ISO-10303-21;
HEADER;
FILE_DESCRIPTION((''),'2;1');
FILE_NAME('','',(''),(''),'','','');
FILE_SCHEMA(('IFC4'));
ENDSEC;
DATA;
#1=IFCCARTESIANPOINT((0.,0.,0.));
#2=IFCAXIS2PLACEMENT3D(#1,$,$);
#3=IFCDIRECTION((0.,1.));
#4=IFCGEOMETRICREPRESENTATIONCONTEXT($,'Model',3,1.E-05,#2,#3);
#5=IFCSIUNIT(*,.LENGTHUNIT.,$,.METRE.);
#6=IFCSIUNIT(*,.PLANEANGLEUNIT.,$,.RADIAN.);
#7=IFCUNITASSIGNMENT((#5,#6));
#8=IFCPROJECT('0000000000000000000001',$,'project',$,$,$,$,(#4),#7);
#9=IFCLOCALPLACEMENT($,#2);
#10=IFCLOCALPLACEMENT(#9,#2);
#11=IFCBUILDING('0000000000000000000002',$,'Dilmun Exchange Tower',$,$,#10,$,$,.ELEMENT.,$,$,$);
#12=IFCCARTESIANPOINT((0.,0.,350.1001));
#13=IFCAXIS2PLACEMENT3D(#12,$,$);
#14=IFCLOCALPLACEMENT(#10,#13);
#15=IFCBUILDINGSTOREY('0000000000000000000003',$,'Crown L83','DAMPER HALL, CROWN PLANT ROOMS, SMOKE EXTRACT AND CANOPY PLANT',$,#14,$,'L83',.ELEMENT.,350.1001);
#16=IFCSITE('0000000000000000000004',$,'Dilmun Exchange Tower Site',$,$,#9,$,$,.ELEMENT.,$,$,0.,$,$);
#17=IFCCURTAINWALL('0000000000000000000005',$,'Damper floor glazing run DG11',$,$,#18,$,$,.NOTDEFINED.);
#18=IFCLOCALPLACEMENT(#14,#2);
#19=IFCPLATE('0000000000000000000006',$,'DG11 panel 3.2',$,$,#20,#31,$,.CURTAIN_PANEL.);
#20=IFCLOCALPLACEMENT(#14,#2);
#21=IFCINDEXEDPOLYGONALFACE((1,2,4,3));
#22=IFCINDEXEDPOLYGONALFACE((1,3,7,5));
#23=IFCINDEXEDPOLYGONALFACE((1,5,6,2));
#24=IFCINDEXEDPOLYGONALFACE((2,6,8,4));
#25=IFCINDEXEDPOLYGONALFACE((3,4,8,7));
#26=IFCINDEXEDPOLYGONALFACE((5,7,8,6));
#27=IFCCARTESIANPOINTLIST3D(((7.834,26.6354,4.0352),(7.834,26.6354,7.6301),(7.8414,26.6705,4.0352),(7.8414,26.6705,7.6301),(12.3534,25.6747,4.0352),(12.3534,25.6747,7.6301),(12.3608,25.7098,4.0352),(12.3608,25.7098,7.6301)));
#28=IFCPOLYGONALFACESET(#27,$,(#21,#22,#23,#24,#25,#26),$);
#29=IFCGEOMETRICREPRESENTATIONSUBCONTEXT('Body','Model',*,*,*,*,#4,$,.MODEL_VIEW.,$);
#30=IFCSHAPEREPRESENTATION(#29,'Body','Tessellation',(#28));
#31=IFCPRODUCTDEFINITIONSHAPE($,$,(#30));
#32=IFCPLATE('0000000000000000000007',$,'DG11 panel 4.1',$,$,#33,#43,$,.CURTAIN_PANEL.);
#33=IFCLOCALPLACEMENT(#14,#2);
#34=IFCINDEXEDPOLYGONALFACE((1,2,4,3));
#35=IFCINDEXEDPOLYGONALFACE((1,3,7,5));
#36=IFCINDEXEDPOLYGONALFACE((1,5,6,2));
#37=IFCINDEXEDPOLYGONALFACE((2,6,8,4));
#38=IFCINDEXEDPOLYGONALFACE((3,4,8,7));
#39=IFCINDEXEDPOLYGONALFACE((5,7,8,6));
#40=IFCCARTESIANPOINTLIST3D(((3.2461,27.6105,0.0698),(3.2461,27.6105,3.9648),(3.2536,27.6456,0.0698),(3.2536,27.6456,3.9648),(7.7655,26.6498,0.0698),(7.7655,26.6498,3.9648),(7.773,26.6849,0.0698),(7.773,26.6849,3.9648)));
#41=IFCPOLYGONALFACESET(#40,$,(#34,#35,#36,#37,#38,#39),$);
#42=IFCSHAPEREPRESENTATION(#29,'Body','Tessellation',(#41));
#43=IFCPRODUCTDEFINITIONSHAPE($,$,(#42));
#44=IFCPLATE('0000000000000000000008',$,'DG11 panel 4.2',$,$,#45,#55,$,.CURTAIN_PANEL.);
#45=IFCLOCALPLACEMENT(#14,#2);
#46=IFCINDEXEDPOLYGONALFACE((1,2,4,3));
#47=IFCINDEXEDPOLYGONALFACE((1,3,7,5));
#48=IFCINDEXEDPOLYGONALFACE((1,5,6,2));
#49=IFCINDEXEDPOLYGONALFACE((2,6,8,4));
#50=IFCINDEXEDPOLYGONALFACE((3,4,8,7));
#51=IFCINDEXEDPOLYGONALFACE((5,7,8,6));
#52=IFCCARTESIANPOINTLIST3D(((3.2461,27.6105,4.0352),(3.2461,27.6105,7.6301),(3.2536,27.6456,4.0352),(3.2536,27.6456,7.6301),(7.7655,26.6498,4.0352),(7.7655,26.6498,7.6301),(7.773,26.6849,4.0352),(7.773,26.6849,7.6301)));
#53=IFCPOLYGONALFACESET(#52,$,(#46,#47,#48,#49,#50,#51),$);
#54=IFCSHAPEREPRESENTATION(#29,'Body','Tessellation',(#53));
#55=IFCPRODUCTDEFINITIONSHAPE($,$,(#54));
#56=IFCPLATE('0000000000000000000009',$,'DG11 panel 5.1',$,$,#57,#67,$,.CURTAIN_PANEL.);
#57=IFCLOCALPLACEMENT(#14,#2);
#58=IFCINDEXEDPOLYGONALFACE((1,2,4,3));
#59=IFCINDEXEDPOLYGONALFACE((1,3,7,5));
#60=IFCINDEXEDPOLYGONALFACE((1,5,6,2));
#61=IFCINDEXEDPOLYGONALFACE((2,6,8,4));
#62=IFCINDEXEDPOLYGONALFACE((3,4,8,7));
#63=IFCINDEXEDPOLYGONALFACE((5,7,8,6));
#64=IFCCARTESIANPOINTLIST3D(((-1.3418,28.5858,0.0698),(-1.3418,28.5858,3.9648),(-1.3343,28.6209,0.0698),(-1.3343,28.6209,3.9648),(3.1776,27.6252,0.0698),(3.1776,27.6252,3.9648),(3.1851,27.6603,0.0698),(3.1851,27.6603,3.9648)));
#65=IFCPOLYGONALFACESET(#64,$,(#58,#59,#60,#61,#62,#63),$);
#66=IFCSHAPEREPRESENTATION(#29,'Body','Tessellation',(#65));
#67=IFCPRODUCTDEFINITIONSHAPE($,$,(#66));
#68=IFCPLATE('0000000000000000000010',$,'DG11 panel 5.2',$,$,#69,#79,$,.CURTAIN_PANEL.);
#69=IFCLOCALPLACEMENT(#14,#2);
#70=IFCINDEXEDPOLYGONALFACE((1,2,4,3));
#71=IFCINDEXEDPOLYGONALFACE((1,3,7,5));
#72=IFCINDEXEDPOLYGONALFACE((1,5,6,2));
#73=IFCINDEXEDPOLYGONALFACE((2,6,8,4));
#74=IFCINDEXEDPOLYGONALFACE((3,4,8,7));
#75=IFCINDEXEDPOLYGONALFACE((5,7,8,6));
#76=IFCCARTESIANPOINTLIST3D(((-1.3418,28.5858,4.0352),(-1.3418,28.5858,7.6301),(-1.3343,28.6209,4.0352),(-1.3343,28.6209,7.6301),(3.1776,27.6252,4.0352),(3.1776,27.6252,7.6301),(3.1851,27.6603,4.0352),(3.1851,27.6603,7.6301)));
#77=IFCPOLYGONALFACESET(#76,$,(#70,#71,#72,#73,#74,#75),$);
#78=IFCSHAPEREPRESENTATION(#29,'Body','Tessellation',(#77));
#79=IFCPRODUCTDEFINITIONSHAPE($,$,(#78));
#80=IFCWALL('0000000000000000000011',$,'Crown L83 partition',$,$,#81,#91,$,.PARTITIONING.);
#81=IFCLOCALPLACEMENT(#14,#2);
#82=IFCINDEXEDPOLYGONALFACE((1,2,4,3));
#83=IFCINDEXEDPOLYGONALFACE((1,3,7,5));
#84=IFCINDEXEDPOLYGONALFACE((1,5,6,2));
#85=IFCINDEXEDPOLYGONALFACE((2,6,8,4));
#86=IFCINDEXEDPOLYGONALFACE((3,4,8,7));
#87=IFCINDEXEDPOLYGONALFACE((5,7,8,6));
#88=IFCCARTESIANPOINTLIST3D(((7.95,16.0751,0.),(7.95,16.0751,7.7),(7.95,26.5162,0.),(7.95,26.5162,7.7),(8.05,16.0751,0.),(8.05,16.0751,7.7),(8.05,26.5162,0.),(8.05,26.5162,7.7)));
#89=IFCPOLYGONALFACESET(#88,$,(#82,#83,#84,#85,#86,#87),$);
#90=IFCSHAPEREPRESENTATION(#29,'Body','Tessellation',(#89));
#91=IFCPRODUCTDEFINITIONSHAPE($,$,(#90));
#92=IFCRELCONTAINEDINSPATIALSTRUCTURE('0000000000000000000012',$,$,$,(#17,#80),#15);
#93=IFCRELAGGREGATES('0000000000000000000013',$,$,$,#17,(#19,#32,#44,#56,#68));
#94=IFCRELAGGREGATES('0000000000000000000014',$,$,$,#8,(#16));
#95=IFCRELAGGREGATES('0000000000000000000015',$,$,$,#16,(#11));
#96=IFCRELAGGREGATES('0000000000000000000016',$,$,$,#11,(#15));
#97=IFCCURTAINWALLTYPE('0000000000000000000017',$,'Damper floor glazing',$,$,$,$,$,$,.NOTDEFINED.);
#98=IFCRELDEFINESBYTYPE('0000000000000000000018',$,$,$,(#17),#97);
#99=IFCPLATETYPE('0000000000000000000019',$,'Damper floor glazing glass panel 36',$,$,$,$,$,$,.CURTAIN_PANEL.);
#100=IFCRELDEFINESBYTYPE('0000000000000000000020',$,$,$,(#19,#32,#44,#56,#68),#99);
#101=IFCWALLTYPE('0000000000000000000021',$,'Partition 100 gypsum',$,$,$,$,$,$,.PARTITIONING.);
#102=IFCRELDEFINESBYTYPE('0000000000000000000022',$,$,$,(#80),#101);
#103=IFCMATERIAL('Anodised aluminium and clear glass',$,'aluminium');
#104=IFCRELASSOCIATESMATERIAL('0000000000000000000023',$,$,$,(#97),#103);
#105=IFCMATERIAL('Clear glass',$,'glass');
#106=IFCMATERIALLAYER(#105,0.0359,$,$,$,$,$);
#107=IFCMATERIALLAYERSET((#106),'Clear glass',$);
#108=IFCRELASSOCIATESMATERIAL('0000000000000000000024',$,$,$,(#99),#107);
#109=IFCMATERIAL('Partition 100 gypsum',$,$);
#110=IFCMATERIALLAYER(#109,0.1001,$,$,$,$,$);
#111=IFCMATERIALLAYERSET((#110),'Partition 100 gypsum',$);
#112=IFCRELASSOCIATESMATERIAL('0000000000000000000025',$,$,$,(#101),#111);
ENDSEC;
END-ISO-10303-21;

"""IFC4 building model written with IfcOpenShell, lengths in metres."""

from ifc_helpers import new_model, si_unit, direction, frame, frame_2d, origin, origin_2d, place, context, subcontext, project, spatial, rectangle, extrude, material, layer, layer_set, type_object, element, aggregate, save


model = new_model("IFC4")

# Units and contexts
model_context = context("Model", 3, precision=1e-05, world=origin(), true_north=direction((0.0, 1.0)))
body_context = subcontext(model_context, "Body", "Model", "MODEL_VIEW")
ifc_project = project(units=[si_unit("LENGTHUNIT", "METRE"), si_unit("PLANEANGLEUNIT", "RADIAN")], contexts=[model_context])

# Site, building, storey
site_placement = place(None, origin())
site = spatial("IfcSite", under=ifc_project, at=site_placement, Name="Dilmun Exchange Tower Site", CompositionType="ELEMENT", RefElevation=0.0)
building_placement = place(site_placement, origin())
building = spatial("IfcBuilding", under=site, at=building_placement, Name="Dilmun Exchange Tower", CompositionType="ELEMENT")
storey_placement = place(building_placement, frame((0.0, 0.0, 350.1001)))
storey = spatial("IfcBuildingStorey", under=building, at=storey_placement, Name="Crown L83", Description="DAMPER HALL, CROWN PLANT ROOMS, SMOKE EXTRACT AND CANOPY PLANT", LongName="L83", CompositionType="ELEMENT", Elevation=350.1001)

# Curtain wall
ifc_material_1 = material(Name="Anodised aluminium and clear glass", Category="aluminium")
curtain_wall_type = type_object("IfcCurtainWallType", Name="Damper floor glazing", PredefinedType="NOTDEFINED", material=ifc_material_1)
curtain_wall_placement = place(storey_placement, origin())
curtain_wall = element("IfcCurtainWall", 1, at=curtain_wall_placement, inside=storey, type_object=curtain_wall_type, Name="Damper floor glazing run DG11", PredefinedType="NOTDEFINED")

# Plates
ifc_material_2 = material(Name="Clear glass", Category="glass")
ifc_layer_1 = layer(ifc_material_2, 0.0359)
ifc_layer_set_1 = layer_set([ifc_layer_1], Name="Clear glass")
plate_type = type_object("IfcPlateType", Name="Damper floor glazing glass panel 36", PredefinedType="CURTAIN_PANEL", material=ifc_layer_set_1)
plate_1_placement = place(storey_placement, frame((10.0974, 26.1726, 4.0352), z_axis=(0.0, 0.0, 1.0), x_axis=(-0.978148, 0.207911, 0.0)))
plate_1 = element("IfcPlate", 2, at=plate_1_placement, type_object=plate_type, Name="DG11 panel 3.2", PredefinedType="CURTAIN_PANEL", context=body_context, shape_type="SweptSolid", body=[
    extrude(rectangle(XDim=4.6204, YDim=0.0359, at=origin_2d()), origin(), (0.0, 0.0, 1.0), 3.595),
])
plate_2_placement = place(storey_placement, frame((5.5095, 27.1477, 0.0698), z_axis=(0.0, 0.0, 1.0), x_axis=(-0.978148, 0.207911, 0.0)))
plate_2 = element("IfcPlate", 3, at=plate_2_placement, type_object=plate_type, Name="DG11 panel 4.1", PredefinedType="CURTAIN_PANEL", context=body_context, shape_type="SweptSolid", body=[
    extrude(rectangle(XDim=4.6204, YDim=0.0359, at=origin_2d()), origin(), (0.0, 0.0, 1.0), 3.895),
])
plate_3_placement = place(storey_placement, frame((5.5095, 27.1477, 4.0352), z_axis=(0.0, 0.0, 1.0), x_axis=(-0.978148, 0.207911, 0.0)))
plate_3 = element("IfcPlate", 4, at=plate_3_placement, type_object=plate_type, Name="DG11 panel 4.2", PredefinedType="CURTAIN_PANEL", context=body_context, shape_type="SweptSolid", body=[
    extrude(rectangle(XDim=4.6204, YDim=0.0359, at=origin_2d()), origin(), (0.0, 0.0, 1.0), 3.595),
])
plate_4_placement = place(storey_placement, frame((0.9216, 28.123, 0.0698), z_axis=(0.0, 0.0, 1.0), x_axis=(-0.978148, 0.207911, 0.0)))
plate_4 = element("IfcPlate", 5, at=plate_4_placement, type_object=plate_type, Name="DG11 panel 5.1", PredefinedType="CURTAIN_PANEL", context=body_context, shape_type="SweptSolid", body=[
    extrude(rectangle(XDim=4.6204, YDim=0.0359, at=origin_2d()), origin(), (0.0, 0.0, 1.0), 3.895),
])
plate_5_placement = place(storey_placement, frame((0.9216, 28.123, 4.0352), z_axis=(0.0, 0.0, 1.0), x_axis=(-0.978148, 0.207911, 0.0)))
plate_5 = element("IfcPlate", 6, at=plate_5_placement, type_object=plate_type, Name="DG11 panel 5.2", PredefinedType="CURTAIN_PANEL", context=body_context, shape_type="SweptSolid", body=[
    extrude(rectangle(XDim=4.6204, YDim=0.0359, at=origin_2d()), origin(), (0.0, 0.0, 1.0), 3.595),
])
aggregate(curtain_wall, [plate_1, plate_2, plate_3, plate_4, plate_5])

# Wall
ifc_material_3 = material(Name="Partition 100 gypsum")
ifc_layer_2 = layer(ifc_material_3, 0.1001)
ifc_layer_set_2 = layer_set([ifc_layer_2], Name="Partition 100 gypsum")
wall_type = type_object("IfcWallType", Name="Partition 100 gypsum", PredefinedType="PARTITIONING", material=ifc_layer_set_2)
wall_placement = place(storey_placement, frame((8.0, 16.075, 0.0), z_axis=(0.0, 0.0, 1.0), x_axis=(0.0, 1.0, 0.0)))
element("IfcWall", 7, at=wall_placement, inside=storey, type_object=wall_type, Name="Crown L83 partition", PredefinedType="PARTITIONING", context=body_context, shape_type="SweptSolid", body=[
    extrude(rectangle(XDim=10.4412, YDim=0.1001, at=frame_2d((5.2207, 0.0))), origin(), (0.0, 0.0, 1.0), 7.7),
])

save(model, "model.ifc")
